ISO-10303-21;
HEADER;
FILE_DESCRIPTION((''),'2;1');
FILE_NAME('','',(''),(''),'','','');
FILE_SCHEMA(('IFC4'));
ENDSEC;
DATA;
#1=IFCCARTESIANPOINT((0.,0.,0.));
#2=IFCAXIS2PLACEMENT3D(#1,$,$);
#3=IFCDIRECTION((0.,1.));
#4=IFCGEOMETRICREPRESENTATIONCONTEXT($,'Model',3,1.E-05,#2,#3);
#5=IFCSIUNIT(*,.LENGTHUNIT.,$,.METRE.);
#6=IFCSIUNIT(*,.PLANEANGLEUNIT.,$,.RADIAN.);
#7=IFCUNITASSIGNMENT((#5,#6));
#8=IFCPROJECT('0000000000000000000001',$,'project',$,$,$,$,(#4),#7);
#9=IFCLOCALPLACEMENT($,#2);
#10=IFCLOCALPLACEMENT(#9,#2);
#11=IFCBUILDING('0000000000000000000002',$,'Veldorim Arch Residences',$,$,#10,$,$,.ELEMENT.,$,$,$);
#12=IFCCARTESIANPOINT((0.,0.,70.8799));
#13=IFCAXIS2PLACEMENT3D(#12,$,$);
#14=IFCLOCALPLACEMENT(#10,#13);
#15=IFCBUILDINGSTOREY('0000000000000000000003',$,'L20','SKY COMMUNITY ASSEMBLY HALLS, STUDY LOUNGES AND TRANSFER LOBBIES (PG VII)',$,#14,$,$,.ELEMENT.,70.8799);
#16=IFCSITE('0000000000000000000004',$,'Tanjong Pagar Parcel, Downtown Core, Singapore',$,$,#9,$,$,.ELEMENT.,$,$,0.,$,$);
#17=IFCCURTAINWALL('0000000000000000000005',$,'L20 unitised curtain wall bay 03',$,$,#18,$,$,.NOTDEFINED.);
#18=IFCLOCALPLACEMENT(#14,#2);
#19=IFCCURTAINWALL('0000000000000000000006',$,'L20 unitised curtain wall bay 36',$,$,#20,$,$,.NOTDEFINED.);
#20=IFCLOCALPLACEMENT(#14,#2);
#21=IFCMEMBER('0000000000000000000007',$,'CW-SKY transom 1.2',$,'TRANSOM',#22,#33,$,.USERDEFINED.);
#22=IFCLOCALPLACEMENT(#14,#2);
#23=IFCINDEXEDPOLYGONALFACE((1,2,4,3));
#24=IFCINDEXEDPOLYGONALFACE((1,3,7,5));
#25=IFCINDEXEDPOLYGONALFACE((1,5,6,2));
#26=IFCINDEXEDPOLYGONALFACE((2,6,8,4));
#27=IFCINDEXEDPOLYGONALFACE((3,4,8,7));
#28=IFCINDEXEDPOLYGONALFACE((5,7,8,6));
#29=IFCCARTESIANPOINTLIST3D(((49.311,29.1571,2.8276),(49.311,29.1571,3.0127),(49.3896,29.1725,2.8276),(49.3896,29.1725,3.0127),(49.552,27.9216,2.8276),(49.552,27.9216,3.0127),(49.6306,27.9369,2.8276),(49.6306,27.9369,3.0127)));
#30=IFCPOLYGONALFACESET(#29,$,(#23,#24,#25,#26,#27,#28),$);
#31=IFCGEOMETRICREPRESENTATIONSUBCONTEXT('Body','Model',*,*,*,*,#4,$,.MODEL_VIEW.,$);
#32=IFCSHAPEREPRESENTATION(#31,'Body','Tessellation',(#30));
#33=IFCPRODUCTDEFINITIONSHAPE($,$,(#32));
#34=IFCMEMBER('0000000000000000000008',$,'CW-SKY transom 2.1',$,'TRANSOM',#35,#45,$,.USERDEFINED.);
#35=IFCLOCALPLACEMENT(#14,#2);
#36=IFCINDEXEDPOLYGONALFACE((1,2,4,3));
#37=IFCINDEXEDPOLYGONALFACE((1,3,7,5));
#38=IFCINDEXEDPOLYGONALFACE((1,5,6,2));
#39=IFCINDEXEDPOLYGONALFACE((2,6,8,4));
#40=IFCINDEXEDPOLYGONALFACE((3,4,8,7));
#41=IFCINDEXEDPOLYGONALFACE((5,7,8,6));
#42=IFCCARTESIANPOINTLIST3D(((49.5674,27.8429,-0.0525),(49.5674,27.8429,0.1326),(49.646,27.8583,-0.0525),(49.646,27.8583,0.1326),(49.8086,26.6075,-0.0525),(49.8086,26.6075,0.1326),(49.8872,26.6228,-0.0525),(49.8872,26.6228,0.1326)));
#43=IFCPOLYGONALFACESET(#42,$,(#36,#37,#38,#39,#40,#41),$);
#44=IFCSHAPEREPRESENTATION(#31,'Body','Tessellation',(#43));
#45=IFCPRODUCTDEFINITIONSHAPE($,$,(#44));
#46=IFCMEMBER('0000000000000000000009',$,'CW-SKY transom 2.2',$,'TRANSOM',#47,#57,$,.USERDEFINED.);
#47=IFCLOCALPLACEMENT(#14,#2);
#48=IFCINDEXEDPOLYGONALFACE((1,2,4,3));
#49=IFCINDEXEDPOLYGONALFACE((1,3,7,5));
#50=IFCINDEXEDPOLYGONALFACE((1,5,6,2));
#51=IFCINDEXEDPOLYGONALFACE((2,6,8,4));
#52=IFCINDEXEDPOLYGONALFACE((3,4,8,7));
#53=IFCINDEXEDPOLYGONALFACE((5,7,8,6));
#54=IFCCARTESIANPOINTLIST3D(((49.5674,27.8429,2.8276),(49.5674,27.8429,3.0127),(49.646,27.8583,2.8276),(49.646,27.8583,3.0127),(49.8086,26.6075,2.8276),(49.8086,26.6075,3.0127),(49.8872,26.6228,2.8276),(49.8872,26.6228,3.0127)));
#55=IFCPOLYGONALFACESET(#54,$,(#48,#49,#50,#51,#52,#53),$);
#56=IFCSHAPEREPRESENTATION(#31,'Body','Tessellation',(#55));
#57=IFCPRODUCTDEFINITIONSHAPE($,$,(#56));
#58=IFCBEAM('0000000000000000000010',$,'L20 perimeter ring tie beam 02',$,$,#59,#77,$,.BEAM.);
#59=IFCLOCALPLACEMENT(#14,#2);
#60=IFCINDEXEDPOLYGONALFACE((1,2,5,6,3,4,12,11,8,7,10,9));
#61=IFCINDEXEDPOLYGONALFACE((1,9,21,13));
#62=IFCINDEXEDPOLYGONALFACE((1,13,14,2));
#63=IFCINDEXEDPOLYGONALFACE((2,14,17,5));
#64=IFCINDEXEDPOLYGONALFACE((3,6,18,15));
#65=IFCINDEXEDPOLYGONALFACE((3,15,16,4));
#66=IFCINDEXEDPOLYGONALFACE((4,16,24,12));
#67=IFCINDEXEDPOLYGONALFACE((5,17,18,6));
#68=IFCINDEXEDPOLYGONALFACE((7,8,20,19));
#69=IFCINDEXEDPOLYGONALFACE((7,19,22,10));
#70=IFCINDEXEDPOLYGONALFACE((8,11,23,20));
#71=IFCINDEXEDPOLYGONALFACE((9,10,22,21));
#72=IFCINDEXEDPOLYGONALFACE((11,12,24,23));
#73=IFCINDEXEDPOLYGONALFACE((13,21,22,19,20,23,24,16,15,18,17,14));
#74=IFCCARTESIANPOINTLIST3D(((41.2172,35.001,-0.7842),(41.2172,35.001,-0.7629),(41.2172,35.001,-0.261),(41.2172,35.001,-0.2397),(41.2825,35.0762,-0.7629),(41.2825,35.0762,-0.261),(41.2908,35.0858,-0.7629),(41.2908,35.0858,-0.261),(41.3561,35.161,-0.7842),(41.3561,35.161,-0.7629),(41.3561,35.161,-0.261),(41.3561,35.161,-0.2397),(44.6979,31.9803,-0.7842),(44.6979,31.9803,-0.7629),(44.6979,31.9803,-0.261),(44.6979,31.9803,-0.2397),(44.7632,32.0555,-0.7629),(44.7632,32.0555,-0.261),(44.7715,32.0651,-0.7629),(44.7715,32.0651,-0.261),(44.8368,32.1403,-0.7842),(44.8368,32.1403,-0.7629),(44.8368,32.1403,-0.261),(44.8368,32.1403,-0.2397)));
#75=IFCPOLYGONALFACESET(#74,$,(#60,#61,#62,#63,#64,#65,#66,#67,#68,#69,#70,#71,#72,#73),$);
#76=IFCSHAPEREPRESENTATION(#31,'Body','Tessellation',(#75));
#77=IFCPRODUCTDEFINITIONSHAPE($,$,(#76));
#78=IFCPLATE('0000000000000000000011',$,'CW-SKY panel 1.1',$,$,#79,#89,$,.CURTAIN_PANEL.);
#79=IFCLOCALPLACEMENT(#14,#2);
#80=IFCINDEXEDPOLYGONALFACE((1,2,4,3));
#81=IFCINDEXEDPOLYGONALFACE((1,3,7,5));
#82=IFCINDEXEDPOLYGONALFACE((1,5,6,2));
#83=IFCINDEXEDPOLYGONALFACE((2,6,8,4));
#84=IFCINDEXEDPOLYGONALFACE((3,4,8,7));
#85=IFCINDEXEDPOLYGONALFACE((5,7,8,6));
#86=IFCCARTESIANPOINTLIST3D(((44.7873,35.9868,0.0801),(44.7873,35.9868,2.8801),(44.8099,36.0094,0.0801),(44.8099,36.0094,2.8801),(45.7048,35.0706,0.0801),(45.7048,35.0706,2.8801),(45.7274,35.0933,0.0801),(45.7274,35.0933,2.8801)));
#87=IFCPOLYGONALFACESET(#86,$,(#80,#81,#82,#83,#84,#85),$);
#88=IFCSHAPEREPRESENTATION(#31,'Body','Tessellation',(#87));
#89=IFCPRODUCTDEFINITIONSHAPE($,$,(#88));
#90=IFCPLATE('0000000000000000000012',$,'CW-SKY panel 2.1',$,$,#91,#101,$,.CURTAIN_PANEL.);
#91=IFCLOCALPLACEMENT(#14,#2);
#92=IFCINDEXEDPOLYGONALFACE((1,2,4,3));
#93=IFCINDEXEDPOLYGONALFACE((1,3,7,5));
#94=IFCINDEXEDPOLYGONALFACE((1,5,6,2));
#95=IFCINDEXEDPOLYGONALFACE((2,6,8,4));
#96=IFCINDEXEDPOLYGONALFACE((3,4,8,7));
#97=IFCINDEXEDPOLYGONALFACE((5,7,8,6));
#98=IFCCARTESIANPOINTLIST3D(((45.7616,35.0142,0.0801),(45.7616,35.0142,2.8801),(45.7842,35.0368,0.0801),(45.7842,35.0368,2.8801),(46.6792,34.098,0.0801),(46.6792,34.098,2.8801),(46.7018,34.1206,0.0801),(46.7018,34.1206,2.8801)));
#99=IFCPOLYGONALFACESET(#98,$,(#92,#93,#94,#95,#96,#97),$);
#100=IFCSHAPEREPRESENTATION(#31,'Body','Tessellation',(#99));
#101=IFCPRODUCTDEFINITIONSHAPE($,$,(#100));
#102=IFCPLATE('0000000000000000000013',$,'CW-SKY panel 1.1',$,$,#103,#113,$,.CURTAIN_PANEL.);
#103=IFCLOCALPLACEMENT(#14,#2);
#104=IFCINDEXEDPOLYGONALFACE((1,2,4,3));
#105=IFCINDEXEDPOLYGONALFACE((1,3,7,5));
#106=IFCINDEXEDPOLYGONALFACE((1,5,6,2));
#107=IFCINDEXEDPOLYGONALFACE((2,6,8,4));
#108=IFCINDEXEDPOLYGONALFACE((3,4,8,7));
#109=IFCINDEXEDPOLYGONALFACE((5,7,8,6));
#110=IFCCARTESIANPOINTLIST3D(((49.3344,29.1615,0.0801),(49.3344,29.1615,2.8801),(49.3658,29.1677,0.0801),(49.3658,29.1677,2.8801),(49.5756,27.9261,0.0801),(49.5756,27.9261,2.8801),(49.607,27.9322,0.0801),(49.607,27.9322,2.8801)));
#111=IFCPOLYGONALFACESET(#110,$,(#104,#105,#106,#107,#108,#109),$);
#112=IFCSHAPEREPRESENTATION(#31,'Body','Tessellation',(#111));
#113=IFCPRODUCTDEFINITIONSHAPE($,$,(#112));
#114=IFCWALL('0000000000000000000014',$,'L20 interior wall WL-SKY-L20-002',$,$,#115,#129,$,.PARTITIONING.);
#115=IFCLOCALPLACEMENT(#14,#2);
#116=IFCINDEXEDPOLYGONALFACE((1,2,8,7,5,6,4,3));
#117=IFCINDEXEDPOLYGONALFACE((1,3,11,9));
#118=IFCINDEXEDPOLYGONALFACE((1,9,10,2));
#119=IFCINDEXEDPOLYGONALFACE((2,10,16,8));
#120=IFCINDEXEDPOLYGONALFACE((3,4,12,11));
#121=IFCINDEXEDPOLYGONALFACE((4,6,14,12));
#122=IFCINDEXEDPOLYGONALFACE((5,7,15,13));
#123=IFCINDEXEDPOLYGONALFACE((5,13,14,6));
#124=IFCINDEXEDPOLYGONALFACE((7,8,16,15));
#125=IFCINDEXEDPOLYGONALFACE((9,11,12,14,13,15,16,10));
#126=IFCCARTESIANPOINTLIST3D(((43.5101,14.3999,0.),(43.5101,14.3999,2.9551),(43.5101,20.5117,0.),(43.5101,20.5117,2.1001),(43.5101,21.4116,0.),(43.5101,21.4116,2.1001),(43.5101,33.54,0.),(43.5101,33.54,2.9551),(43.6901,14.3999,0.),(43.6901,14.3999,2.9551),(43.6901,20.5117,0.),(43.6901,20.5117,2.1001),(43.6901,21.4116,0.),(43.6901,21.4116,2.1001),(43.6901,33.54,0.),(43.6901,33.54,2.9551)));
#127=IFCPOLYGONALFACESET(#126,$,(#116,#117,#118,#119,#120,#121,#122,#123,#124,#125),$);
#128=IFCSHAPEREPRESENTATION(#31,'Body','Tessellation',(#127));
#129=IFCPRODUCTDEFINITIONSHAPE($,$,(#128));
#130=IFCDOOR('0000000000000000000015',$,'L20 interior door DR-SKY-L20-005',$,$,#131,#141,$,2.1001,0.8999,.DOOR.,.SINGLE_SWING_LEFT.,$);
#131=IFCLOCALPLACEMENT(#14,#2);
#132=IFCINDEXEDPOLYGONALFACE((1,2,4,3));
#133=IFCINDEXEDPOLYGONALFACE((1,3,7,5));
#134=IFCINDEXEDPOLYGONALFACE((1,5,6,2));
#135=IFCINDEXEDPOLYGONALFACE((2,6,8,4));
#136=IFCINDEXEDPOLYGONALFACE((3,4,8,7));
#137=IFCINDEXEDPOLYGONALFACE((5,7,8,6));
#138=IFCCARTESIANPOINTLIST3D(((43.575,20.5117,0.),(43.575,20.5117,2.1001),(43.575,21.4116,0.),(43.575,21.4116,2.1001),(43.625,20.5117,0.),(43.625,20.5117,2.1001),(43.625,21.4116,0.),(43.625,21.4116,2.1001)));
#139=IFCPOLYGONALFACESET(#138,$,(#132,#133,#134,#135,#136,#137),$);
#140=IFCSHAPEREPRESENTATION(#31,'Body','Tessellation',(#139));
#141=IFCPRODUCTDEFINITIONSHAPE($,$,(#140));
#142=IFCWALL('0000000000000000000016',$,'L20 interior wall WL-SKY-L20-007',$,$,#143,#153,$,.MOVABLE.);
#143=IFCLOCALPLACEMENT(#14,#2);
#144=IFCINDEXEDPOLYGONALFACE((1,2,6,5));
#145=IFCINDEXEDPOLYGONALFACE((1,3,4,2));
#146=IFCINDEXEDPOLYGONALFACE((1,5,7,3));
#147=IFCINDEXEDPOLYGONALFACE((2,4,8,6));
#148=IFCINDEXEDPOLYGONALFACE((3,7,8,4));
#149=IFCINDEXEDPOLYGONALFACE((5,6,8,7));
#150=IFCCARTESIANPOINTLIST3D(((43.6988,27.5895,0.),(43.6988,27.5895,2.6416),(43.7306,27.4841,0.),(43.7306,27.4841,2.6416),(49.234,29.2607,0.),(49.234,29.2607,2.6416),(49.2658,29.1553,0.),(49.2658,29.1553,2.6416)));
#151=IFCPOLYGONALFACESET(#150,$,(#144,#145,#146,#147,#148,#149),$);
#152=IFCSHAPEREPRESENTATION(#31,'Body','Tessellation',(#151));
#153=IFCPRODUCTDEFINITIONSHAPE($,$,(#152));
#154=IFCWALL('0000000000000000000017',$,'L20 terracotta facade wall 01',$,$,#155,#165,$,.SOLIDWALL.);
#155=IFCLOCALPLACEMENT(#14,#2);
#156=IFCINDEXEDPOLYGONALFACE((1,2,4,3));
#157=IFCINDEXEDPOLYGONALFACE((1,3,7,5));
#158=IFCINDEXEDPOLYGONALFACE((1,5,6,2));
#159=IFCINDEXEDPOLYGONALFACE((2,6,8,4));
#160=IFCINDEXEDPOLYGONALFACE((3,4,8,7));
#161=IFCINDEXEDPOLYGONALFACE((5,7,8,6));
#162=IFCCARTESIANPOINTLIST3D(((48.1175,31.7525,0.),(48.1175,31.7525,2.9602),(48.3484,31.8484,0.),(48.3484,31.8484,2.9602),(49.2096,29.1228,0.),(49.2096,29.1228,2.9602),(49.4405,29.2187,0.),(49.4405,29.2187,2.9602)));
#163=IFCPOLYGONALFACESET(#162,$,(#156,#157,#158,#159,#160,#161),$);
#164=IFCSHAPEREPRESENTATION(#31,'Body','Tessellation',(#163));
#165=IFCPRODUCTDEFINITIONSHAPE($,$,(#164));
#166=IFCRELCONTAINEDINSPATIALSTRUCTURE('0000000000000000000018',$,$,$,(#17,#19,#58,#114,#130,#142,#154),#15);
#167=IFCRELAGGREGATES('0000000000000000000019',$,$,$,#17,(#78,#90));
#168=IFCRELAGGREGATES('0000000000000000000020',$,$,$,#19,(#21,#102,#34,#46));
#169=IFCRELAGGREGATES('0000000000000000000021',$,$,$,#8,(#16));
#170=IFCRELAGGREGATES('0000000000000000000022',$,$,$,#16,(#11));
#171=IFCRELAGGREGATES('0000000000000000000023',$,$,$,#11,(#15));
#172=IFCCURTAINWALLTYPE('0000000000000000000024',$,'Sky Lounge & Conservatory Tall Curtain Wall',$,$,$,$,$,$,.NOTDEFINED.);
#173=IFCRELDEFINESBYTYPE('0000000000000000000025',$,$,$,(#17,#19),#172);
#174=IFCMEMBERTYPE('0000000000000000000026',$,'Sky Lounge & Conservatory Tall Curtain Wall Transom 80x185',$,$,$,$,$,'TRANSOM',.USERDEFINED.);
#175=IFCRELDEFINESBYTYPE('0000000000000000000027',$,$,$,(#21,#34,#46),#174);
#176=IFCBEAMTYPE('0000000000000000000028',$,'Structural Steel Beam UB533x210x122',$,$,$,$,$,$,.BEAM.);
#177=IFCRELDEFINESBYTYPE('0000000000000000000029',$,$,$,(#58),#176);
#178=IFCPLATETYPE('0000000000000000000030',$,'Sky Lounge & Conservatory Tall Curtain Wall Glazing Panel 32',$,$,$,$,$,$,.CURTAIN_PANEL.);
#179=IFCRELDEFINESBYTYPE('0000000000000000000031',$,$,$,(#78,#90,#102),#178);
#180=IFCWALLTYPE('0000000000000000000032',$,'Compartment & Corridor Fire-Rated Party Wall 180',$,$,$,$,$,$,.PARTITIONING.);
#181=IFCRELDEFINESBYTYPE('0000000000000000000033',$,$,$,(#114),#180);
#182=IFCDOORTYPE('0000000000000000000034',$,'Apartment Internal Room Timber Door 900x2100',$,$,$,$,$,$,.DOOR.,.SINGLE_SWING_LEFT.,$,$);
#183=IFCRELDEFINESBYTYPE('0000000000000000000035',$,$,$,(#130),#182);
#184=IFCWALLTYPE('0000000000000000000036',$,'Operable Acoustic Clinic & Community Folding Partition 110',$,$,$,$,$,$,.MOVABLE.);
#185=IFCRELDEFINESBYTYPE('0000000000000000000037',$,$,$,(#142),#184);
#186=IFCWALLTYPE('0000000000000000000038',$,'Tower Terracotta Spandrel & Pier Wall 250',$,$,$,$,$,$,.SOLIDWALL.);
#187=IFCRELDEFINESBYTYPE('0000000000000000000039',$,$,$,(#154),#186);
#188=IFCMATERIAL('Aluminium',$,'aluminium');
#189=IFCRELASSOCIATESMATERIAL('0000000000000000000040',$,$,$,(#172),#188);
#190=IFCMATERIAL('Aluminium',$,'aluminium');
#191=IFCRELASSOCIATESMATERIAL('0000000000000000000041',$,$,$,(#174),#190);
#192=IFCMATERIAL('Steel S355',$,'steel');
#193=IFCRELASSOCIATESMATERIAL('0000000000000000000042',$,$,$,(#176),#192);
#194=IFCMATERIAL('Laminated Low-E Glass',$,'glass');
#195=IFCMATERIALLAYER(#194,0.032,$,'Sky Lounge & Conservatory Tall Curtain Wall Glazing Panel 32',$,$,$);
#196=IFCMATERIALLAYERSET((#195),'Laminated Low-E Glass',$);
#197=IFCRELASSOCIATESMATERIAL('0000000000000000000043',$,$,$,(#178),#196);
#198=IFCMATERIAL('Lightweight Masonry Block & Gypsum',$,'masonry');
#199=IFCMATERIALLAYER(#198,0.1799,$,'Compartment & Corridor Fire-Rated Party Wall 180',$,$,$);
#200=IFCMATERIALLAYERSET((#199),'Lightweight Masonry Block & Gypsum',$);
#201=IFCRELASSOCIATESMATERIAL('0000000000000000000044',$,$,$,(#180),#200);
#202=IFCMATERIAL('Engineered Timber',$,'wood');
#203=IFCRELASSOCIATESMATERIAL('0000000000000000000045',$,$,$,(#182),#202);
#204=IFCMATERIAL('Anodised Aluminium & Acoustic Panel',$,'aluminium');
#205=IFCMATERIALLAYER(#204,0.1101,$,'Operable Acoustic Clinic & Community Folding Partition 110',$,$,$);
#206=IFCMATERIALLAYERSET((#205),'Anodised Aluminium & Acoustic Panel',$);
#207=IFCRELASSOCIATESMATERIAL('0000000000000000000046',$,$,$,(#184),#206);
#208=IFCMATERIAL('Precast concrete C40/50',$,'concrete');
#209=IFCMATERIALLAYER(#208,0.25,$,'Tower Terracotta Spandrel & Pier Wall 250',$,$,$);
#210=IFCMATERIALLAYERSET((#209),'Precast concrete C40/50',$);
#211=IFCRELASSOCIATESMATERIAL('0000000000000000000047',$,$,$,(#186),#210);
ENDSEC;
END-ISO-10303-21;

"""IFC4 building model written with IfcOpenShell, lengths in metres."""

from ifc_helpers import new_model, si_unit, direction, frame, frame_2d, origin, origin_2d, place, context, subcontext, project, spatial, rectangle, i_section, extrude, material, layer, layer_set, material_profile, profile_set, type_object, element, fill, aggregate, save


model = new_model("IFC4")

# Units and contexts
model_context = context("Model", 3, precision=1e-05, world=origin(), true_north=direction((0.0, 1.0)))
body_context = subcontext(model_context, "Body", "Model", "MODEL_VIEW")
ifc_project = project(units=[si_unit("LENGTHUNIT", "METRE"), si_unit("PLANEANGLEUNIT", "RADIAN")], contexts=[model_context])

# Site, building, storey
site_placement = place(None, origin())
site = spatial("IfcSite", under=ifc_project, at=site_placement, Name="Tanjong Pagar Parcel, Downtown Core, Singapore", CompositionType="ELEMENT", RefElevation=0.0)
building_placement = place(site_placement, origin())
building = spatial("IfcBuilding", under=site, at=building_placement, Name="Veldorim Arch Residences", CompositionType="ELEMENT")
storey_placement = place(building_placement, frame((0.0, 0.0, 70.8799)))
storey = spatial("IfcBuildingStorey", under=building, at=storey_placement, Name="L20", Description="SKY COMMUNITY ASSEMBLY HALLS, STUDY LOUNGES AND TRANSFER LOBBIES (PG VII)", CompositionType="ELEMENT", Elevation=70.8799)

# Curtain walls
ifc_material_1 = material(Name="Aluminium", Category="aluminium")
curtain_wall_type = type_object("IfcCurtainWallType", Name="Sky Lounge & Conservatory Tall Curtain Wall", PredefinedType="NOTDEFINED", material=ifc_material_1)
curtain_wall_1_placement = place(storey_placement, origin())
curtain_wall_1 = element("IfcCurtainWall", 1, at=curtain_wall_1_placement, inside=storey, type_object=curtain_wall_type, Name="L20 unitised curtain wall bay 03", PredefinedType="NOTDEFINED")
curtain_wall_2_placement = place(storey_placement, origin())
curtain_wall_2 = element("IfcCurtainWall", 2, at=curtain_wall_2_placement, inside=storey, type_object=curtain_wall_type, Name="L20 unitised curtain wall bay 36", PredefinedType="NOTDEFINED")

# Members
ifc_material_2 = material(Name="Aluminium", Category="aluminium")
ifc_material_profile_1 = material_profile(ifc_material_2, rectangle(XDim=0.0801, YDim=0.1851, at=origin_2d()), Name="ALU_TRN_80x185")
ifc_profile_set_1 = profile_set([ifc_material_profile_1], Name="Aluminium")
member_type_1 = type_object("IfcMemberType", Name="Sky Lounge & Conservatory Tall Curtain Wall Transom 80x185", ElementType="TRANSOM", PredefinedType="USERDEFINED", material=ifc_profile_set_1)
member_1_placement = place(storey_placement, frame((49.3503, 29.1648, 2.9202), z_axis=(0.191415, -0.981509, 0.0), x_axis=(0.981509, 0.191415, 0.0)))
member_1 = element("IfcMember", 3, at=member_1_placement, type_object=member_type_1, Name="CW-SKY transom 1.2", ObjectType="TRANSOM", PredefinedType="USERDEFINED", context=body_context, shape_type="SweptSolid", body=[
    extrude(rectangle(XDim=0.0801, YDim=0.1851, at=origin_2d()), origin(), (0.0, 0.0, 1.0), 1.2588),
])
member_2_placement = place(storey_placement, frame((49.6067, 27.8506, 0.04), z_axis=(0.191638, -0.981466, 0.0), x_axis=(0.981466, 0.191638, 0.0)))
member_2 = element("IfcMember", 4, at=member_2_placement, type_object=member_type_1, Name="CW-SKY transom 2.1", ObjectType="TRANSOM", PredefinedType="USERDEFINED", context=body_context, shape_type="SweptSolid", body=[
    extrude(rectangle(XDim=0.0801, YDim=0.1851, at=origin_2d()), origin(), (0.0, 0.0, 1.0), 1.2588),
])
member_3_placement = place(storey_placement, frame((49.6067, 27.8506, 2.9202), z_axis=(0.191638, -0.981466, 0.0), x_axis=(0.981466, 0.191638, 0.0)))
member_3 = element("IfcMember", 5, at=member_3_placement, type_object=member_type_1, Name="CW-SKY transom 2.2", ObjectType="TRANSOM", PredefinedType="USERDEFINED", context=body_context, shape_type="SweptSolid", body=[
    extrude(rectangle(XDim=0.0801, YDim=0.1851, at=origin_2d()), origin(), (0.0, 0.0, 1.0), 1.2588),
])

# Beam
ifc_material_3 = material(Name="Steel S355", Category="steel")
ifc_material_profile_2 = material_profile(ifc_material_3, i_section(OverallWidth=0.2119, OverallDepth=0.5444, WebThickness=0.0127, FlangeThickness=0.0212, at=origin_2d()), Name="UB533x210x122")
ifc_profile_set_2 = profile_set([ifc_material_profile_2], Name="Steel S355")
beam_type = type_object("IfcBeamType", Name="Structural Steel Beam UB533x210x122", PredefinedType="BEAM", material=ifc_profile_set_2)
beam_placement = place(storey_placement, frame((44.7673, 32.0603, -0.512), z_axis=(-0.755245, 0.655443, 0.0), x_axis=(-0.655443, -0.755245, 0.0)))
element("IfcBeam", 6, at=beam_placement, inside=storey, type_object=beam_type, Name="L20 perimeter ring tie beam 02", PredefinedType="BEAM", context=body_context, shape_type="SweptSolid", body=[
    extrude(i_section(OverallWidth=0.2119, OverallDepth=0.5444, WebThickness=0.0127, FlangeThickness=0.0212, at=origin_2d()), origin(), (0.0, 0.0, 1.0), 4.6086),
])

# Plates
ifc_material_4 = material(Name="Laminated Low-E Glass", Category="glass")
ifc_layer_1 = layer(ifc_material_4, 0.032, Name="Sky Lounge & Conservatory Tall Curtain Wall Glazing Panel 32")
ifc_layer_set_1 = layer_set([ifc_layer_1], Name="Laminated Low-E Glass")
plate_type = type_object("IfcPlateType", Name="Sky Lounge & Conservatory Tall Curtain Wall Glazing Panel 32", PredefinedType="CURTAIN_PANEL", material=ifc_layer_set_1)
plate_1_placement = place(storey_placement, frame((45.2573, 35.54, 0.0801), z_axis=(0.0, 0.0, 1.0), x_axis=(0.707636, -0.706577, 0.0)))
plate_1 = element("IfcPlate", 7, at=plate_1_placement, type_object=plate_type, Name="CW-SKY panel 1.1", PredefinedType="CURTAIN_PANEL", context=body_context, shape_type="SweptSolid", body=[
    extrude(rectangle(XDim=1.2966, YDim=0.032, at=origin_2d()), origin(), (0.0, 0.0, 1.0), 2.8),
])
plate_2_placement = place(storey_placement, frame((46.2317, 34.5674, 0.0801), z_axis=(0.0, 0.0, 1.0), x_axis=(0.707636, -0.706577, 0.0)))
plate_2 = element("IfcPlate", 8, at=plate_2_placement, type_object=plate_type, Name="CW-SKY panel 2.1", PredefinedType="CURTAIN_PANEL", context=body_context, shape_type="SweptSolid", body=[
    extrude(rectangle(XDim=1.2966, YDim=0.032, at=origin_2d()), origin(), (0.0, 0.0, 1.0), 2.8),
])
aggregate(curtain_wall_1, [plate_1, plate_2])
plate_3_placement = place(storey_placement, frame((49.4707, 28.5469, 0.0801), z_axis=(0.0, 0.0, 1.0), x_axis=(0.191581, -0.981477, 0.0)))
plate_3 = element("IfcPlate", 9, at=plate_3_placement, type_object=plate_type, Name="CW-SKY panel 1.1", PredefinedType="CURTAIN_PANEL", context=body_context, shape_type="SweptSolid", body=[
    extrude(rectangle(XDim=1.2588, YDim=0.032, at=origin_2d()), origin(), (0.0, 0.0, 1.0), 2.8),
])
aggregate(curtain_wall_2, [member_1, plate_3, member_2, member_3])

# Wall, opening, door
ifc_material_5 = material(Name="Lightweight Masonry Block & Gypsum", Category="masonry")
ifc_layer_2 = layer(ifc_material_5, 0.1799, Name="Compartment & Corridor Fire-Rated Party Wall 180")
ifc_layer_set_2 = layer_set([ifc_layer_2], Name="Lightweight Masonry Block & Gypsum")
wall_type_1 = type_object("IfcWallType", Name="Compartment & Corridor Fire-Rated Party Wall 180", PredefinedType="PARTITIONING", material=ifc_layer_set_2)
wall_1_placement = place(storey_placement, frame((43.6001, 33.54, 0.0), z_axis=(0.0, 0.0, 1.0), x_axis=(0.0, -1.0, 0.0)))
wall_1 = element("IfcWall", 10, at=wall_1_placement, inside=storey, type_object=wall_type_1, Name="L20 interior wall WL-SKY-L20-002", PredefinedType="PARTITIONING", context=body_context, shape_type="SweptSolid", body=[
    extrude(rectangle(XDim=19.1401, YDim=0.1799, at=frame_2d((9.5701, 0.0))), origin(), (0.0, 0.0, 1.0), 2.9551),
])
opening_1_placement = place(wall_1_placement, frame((12.1284, 0.0, 0.0)))
opening_1 = element("IfcOpeningElement", 11, at=opening_1_placement, cuts=wall_1, PredefinedType="OPENING", context=body_context, shape_type="SweptSolid", body=[
    extrude(rectangle(XDim=0.8999, YDim=2.1001, at=frame_2d((0.45, 1.05))), frame((0.0, 0.0999, 0.0), z_axis=(0.0, -1.0, 0.0), x_axis=(1.0, 0.0, 0.0)), (0.0, 0.0, 1.0), 0.2),
])
ifc_material_6 = material(Name="Engineered Timber", Category="wood")
door_type = type_object("IfcDoorType", Name="Apartment Internal Room Timber Door 900x2100", OperationType="SINGLE_SWING_LEFT", PredefinedType="DOOR", material=ifc_material_6)
door_placement = place(opening_1_placement, origin())
door = element("IfcDoor", 12, at=door_placement, inside=storey, type_object=door_type, Name="L20 interior door DR-SKY-L20-005", OperationType="SINGLE_SWING_LEFT", OverallHeight=2.1001, OverallWidth=0.8999, PredefinedType="DOOR", context=body_context, shape_type="SweptSolid", body=[
    extrude(rectangle(XDim=0.8999, YDim=2.1001, at=frame_2d((0.45, 1.05))), frame((0.0, 0.0249, 0.0), z_axis=(0.0, -1.0, 0.0), x_axis=(1.0, 0.0, 0.0)), (0.0, 0.0, 1.0), 0.05),
])
fill(opening_1, door)

# Walls
ifc_material_7 = material(Name="Anodised Aluminium & Acoustic Panel", Category="aluminium")
ifc_layer_3 = layer(ifc_material_7, 0.1101, Name="Operable Acoustic Clinic & Community Folding Partition 110")
ifc_layer_set_3 = layer_set([ifc_layer_3], Name="Anodised Aluminium & Acoustic Panel")
wall_type_2 = type_object("IfcWallType", Name="Operable Acoustic Clinic & Community Folding Partition 110", PredefinedType="MOVABLE", material=ifc_layer_set_3)
wall_2_placement = place(storey_placement, frame((49.25, 29.208, 0.0), z_axis=(0.0, 0.0, 1.0), x_axis=(-0.95732, -0.289029, 0.0)))
element("IfcWall", 13, at=wall_2_placement, inside=storey, type_object=wall_type_2, Name="L20 interior wall WL-SKY-L20-007", PredefinedType="MOVABLE", context=body_context, shape_type="SweptSolid", body=[
    extrude(rectangle(XDim=5.782, YDim=0.1101, at=frame_2d((2.8911, 0.0))), origin(), (0.0, 0.0, 1.0), 2.6416),
])
ifc_material_8 = material(Name="Precast concrete C40/50", Category="concrete")
ifc_layer_4 = layer(ifc_material_8, 0.25, Name="Tower Terracotta Spandrel & Pier Wall 250")
ifc_layer_set_4 = layer_set([ifc_layer_4], Name="Precast concrete C40/50")
wall_type_3 = type_object("IfcWallType", Name="Tower Terracotta Spandrel & Pier Wall 250", PredefinedType="SOLIDWALL", material=ifc_layer_set_4)
wall_3_placement = place(storey_placement, frame((48.2329, 31.8005, 0.0), z_axis=(0.0, 0.0, 1.0), x_axis=(0.383525, -0.92353, 0.0)))
element("IfcWall", 14, at=wall_3_placement, inside=storey, type_object=wall_type_3, Name="L20 terracotta facade wall 01", PredefinedType="SOLIDWALL", context=body_context, shape_type="SweptSolid", body=[
    extrude(rectangle(XDim=2.8474, YDim=0.25, at=frame_2d((1.4238, 0.0))), origin(), (0.0, 0.0, 1.0), 2.9602),
])

save(model, "model.ifc")
